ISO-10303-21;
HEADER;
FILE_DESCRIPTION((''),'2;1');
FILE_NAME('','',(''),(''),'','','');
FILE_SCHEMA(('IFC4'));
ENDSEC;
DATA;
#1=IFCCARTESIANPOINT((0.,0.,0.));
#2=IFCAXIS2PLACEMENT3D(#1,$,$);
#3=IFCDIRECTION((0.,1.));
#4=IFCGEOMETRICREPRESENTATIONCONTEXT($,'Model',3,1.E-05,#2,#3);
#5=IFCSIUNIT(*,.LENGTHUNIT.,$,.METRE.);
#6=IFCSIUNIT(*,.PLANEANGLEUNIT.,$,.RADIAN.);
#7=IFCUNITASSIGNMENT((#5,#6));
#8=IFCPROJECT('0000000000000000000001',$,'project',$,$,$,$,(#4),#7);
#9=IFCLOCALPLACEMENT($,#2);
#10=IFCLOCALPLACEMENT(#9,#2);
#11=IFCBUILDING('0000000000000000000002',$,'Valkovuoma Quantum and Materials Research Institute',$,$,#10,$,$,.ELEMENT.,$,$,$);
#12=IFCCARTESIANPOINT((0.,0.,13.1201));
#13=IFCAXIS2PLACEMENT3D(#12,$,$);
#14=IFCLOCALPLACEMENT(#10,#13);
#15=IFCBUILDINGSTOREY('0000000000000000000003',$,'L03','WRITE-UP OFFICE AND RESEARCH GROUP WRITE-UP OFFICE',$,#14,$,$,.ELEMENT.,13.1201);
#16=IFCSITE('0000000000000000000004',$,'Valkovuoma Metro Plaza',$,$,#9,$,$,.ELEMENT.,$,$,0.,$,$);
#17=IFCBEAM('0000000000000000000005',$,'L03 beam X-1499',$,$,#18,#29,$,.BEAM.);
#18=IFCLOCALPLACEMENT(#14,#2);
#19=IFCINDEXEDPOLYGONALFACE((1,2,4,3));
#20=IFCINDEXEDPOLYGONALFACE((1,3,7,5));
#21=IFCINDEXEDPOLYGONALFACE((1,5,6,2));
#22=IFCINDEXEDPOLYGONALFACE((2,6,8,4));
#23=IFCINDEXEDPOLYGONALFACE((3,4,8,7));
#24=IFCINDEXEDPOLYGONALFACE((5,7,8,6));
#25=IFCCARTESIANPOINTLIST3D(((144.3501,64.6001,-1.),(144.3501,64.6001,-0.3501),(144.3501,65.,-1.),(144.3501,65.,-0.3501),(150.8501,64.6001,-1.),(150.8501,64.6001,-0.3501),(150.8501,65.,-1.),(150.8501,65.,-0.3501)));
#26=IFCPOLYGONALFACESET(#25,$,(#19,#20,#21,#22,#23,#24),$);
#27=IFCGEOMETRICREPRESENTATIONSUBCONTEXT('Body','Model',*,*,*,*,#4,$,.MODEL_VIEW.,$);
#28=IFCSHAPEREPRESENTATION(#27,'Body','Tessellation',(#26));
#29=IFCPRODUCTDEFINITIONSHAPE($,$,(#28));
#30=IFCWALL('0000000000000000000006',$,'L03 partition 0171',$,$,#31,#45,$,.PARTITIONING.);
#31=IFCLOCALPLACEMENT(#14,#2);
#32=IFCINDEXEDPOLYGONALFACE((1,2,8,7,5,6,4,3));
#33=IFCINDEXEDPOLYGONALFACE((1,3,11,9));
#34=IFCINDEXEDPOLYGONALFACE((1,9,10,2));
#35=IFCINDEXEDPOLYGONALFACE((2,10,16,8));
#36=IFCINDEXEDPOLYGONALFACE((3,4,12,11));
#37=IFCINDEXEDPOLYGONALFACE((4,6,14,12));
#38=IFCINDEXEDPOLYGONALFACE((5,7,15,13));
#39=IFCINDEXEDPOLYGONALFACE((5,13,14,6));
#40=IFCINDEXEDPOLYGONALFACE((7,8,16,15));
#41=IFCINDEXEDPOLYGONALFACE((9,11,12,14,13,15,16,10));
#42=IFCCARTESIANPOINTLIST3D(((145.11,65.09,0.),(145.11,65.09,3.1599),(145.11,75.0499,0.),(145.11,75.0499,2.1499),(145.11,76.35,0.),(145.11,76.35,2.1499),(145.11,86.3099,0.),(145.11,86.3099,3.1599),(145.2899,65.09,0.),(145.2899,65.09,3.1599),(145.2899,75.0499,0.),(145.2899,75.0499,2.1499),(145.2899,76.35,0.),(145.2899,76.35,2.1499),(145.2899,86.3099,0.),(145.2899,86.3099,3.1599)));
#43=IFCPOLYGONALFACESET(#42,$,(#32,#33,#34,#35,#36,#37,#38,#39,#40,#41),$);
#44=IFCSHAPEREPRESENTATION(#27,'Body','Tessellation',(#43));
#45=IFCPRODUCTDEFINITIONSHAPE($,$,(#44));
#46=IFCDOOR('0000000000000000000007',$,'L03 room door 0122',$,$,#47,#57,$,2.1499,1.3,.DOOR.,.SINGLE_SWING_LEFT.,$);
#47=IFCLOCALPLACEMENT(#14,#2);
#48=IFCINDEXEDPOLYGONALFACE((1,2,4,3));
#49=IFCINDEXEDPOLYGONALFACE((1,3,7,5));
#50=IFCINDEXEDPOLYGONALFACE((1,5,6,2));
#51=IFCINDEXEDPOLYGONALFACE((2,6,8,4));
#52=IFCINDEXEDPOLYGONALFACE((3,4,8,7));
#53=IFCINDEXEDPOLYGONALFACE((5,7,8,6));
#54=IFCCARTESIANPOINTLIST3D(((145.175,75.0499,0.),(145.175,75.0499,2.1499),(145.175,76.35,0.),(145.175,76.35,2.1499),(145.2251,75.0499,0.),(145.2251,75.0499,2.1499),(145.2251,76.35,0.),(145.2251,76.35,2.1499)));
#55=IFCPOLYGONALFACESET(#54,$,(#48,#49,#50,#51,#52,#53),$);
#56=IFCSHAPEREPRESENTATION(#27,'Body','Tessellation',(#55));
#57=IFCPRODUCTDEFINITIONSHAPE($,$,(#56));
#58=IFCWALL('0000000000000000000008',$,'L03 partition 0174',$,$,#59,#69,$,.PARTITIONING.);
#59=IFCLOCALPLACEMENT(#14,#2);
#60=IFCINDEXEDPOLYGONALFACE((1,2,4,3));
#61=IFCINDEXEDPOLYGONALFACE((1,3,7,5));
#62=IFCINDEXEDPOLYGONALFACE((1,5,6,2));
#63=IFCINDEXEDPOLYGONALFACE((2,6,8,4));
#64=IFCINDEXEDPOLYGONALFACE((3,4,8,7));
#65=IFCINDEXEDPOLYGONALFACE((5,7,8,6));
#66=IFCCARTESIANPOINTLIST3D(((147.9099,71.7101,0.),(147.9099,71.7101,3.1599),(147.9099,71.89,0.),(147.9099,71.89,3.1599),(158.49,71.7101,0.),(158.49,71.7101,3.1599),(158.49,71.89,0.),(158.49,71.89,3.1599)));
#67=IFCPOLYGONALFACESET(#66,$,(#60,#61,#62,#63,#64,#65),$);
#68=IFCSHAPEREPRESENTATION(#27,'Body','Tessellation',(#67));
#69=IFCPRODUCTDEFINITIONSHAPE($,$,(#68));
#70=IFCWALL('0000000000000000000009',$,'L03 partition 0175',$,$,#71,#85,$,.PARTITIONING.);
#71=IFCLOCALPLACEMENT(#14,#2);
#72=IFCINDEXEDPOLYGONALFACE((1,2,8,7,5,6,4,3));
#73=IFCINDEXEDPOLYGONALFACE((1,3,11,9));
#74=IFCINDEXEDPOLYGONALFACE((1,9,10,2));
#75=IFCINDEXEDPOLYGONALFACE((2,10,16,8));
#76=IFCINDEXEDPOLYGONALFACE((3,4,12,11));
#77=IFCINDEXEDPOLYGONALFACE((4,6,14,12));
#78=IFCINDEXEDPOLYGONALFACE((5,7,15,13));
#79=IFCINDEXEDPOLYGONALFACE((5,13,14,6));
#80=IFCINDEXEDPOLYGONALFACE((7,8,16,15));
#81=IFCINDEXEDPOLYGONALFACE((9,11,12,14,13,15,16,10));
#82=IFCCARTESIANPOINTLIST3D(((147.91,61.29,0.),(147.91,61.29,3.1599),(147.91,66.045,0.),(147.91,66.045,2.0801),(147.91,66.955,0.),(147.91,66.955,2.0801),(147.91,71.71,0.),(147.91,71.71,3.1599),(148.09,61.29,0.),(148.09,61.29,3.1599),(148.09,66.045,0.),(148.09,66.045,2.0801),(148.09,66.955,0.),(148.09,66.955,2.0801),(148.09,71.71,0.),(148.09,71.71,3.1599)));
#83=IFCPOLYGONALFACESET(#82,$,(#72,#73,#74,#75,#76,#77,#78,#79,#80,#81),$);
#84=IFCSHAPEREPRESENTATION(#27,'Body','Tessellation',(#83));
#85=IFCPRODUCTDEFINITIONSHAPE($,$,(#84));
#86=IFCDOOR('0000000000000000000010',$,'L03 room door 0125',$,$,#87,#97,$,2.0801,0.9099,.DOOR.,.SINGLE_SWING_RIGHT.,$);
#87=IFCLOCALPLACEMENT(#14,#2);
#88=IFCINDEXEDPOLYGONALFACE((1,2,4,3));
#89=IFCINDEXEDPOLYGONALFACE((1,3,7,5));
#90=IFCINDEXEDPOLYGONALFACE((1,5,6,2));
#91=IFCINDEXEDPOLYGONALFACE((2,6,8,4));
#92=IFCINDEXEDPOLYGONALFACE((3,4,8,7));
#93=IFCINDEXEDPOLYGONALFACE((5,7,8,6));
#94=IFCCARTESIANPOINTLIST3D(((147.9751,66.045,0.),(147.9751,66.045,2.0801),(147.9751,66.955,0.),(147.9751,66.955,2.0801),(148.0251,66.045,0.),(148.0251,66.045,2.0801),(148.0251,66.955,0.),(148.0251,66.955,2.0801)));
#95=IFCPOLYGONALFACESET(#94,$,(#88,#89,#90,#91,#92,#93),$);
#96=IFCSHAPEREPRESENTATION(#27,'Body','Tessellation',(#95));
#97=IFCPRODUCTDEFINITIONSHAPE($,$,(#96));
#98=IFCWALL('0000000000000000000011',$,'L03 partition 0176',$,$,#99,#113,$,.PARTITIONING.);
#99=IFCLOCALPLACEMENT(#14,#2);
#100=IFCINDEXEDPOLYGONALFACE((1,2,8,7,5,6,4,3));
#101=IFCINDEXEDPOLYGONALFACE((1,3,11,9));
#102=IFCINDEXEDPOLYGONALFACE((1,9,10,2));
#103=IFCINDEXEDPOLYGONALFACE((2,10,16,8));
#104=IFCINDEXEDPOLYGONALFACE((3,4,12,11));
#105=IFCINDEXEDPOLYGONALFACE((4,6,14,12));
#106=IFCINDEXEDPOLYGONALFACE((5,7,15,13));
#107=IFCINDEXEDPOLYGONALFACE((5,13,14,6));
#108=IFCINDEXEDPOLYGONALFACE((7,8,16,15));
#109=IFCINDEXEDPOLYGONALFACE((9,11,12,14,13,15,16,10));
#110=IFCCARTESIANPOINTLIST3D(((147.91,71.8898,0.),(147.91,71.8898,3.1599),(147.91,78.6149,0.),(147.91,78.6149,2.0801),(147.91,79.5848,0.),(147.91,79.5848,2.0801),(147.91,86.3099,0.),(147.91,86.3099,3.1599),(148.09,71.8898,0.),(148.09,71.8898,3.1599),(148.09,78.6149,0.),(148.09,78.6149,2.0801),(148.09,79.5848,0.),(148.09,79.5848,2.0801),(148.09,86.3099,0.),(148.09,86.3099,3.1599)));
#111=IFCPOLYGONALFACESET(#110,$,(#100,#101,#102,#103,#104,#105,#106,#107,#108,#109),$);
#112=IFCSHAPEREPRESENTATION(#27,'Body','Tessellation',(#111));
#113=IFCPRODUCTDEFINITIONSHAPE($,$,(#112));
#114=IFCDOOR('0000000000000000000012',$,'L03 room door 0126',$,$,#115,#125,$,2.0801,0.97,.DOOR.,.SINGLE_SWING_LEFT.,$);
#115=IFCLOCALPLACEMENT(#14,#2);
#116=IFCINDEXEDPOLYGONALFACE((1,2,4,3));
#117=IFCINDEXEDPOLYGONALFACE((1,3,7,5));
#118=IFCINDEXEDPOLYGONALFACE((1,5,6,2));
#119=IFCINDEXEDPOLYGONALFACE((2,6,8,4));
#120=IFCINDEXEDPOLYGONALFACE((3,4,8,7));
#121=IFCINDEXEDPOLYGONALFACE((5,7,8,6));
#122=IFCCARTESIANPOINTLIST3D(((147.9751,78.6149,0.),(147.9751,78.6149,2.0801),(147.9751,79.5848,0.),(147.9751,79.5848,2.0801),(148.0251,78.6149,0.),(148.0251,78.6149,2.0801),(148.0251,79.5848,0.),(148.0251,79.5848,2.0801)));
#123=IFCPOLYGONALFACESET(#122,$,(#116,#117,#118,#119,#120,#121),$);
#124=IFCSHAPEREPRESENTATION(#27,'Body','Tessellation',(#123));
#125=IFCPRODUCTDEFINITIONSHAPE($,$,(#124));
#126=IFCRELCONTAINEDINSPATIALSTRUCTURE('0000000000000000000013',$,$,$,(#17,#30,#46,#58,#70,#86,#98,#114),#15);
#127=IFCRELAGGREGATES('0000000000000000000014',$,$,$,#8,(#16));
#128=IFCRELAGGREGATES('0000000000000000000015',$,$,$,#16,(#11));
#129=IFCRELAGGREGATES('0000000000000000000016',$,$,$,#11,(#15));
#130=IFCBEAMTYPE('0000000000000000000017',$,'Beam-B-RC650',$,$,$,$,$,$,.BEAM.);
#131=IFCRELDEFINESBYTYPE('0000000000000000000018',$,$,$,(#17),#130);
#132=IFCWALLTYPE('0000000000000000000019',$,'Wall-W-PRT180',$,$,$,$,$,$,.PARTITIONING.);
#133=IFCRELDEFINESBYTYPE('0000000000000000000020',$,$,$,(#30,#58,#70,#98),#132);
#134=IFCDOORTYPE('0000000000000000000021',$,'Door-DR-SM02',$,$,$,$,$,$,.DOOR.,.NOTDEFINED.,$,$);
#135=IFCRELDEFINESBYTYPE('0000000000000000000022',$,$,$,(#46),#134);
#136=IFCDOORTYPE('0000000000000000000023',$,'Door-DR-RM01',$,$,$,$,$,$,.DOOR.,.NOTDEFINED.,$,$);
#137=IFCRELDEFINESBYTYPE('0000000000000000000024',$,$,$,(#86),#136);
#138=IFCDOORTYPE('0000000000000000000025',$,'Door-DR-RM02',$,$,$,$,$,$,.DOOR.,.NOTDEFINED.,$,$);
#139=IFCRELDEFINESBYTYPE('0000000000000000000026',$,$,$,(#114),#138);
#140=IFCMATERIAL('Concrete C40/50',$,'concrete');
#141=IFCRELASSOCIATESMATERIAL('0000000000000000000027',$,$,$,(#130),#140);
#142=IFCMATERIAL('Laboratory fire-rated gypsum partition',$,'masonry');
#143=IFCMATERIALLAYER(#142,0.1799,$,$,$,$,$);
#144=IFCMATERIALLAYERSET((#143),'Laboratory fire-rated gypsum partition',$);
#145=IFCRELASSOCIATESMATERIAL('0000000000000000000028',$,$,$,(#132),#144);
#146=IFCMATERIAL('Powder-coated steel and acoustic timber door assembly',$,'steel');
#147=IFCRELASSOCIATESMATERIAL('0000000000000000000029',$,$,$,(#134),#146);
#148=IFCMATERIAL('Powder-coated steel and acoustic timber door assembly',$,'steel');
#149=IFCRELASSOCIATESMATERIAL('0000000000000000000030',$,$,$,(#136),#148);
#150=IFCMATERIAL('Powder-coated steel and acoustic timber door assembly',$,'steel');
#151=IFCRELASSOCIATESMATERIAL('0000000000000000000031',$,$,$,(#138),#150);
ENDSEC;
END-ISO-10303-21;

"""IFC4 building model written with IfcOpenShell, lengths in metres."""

from ifc_helpers import new_model, si_unit, direction, frame, frame_2d, origin, origin_2d, place, context, subcontext, project, spatial, rectangle, extrude, material, layer, layer_set, material_profile, profile_set, type_object, element, fill, save


model = new_model("IFC4")

# Units and contexts
model_context = context("Model", 3, precision=1e-05, world=origin(), true_north=direction((0.0, 1.0)))
body_context = subcontext(model_context, "Body", "Model", "MODEL_VIEW")
ifc_project = project(units=[si_unit("LENGTHUNIT", "METRE"), si_unit("PLANEANGLEUNIT", "RADIAN")], contexts=[model_context])

# Site, building, storey
site_placement = place(None, origin())
site = spatial("IfcSite", under=ifc_project, at=site_placement, Name="Valkovuoma Metro Plaza", CompositionType="ELEMENT", RefElevation=0.0)
building_placement = place(site_placement, origin())
building = spatial("IfcBuilding", under=site, at=building_placement, Name="Valkovuoma Quantum and Materials Research Institute", CompositionType="ELEMENT")
storey_placement = place(building_placement, frame((0.0, 0.0, 13.1201)))
storey = spatial("IfcBuildingStorey", under=building, at=storey_placement, Name="L03", Description="WRITE-UP OFFICE AND RESEARCH GROUP WRITE-UP OFFICE", CompositionType="ELEMENT", Elevation=13.1201)

# Beam
ifc_material_1 = material(Name="Concrete C40/50", Category="concrete")
ifc_material_profile_1 = material_profile(ifc_material_1, rectangle(XDim=0.3999, YDim=0.6499, at=origin_2d()), Name="Concrete C40/50")
ifc_profile_set_1 = profile_set([ifc_material_profile_1], Name="Concrete C40/50")
beam_type_1 = type_object("IfcBeamType", Name="Beam-B-RC650", PredefinedType="BEAM", material=ifc_profile_set_1)
for number, where, z_axis, x_axis, name in (
    (1, (144.3501, 64.8, -0.675), (1.0, 0.0, 0.0), (0.0, 1.0, 0.0), "L03 beam X-1499"),
):
    element("IfcBeam", number, at=place(storey_placement, frame(where, z_axis=z_axis, x_axis=x_axis)), inside=storey, type_object=beam_type_1, Name=name, PredefinedType="BEAM", context=body_context, shape_type="SweptSolid", body=[
        extrude(rectangle(XDim=0.3999, YDim=0.6499, at=origin_2d()), origin(), (0.0, 0.0, 1.0), 6.5),
    ])

# Wall, opening, door
ifc_material_2 = material(Name="Laboratory fire-rated gypsum partition", Category="masonry")
ifc_layer = layer(ifc_material_2, 0.1799)
ifc_layer_set = layer_set([ifc_layer], Name="Laboratory fire-rated gypsum partition")
wall_type = type_object("IfcWallType", Name="Wall-W-PRT180", PredefinedType="PARTITIONING", material=ifc_layer_set)
wall_1_placement = place(storey_placement, frame((145.2, 65.0901, 0.0), z_axis=(0.0, 0.0, 1.0), x_axis=(0.0, 1.0, 0.0)))
wall_1 = element("IfcWall", 2, at=wall_1_placement, inside=storey, type_object=wall_type, Name="L03 partition 0171", PredefinedType="PARTITIONING", context=body_context, shape_type="SweptSolid", body=[
    extrude(rectangle(XDim=21.22, YDim=0.1799, at=frame_2d((10.6099, 0.0))), origin(), (0.0, 0.0, 1.0), 3.1599),
])
opening_1_placement = place(wall_1_placement, frame((9.96, 0.0, 0.0)))
opening_1 = element("IfcOpeningElement", 3, at=opening_1_placement, cuts=wall_1, PredefinedType="OPENING", context=body_context, shape_type="SweptSolid", body=[
    extrude(rectangle(XDim=1.3, YDim=2.1499, at=frame_2d((0.6499, 1.075))), frame((0.0, 0.1001, 0.0), z_axis=(0.0, -1.0, 0.0), x_axis=(1.0, 0.0, 0.0)), (0.0, 0.0, 1.0), 0.2),
])
ifc_material_3 = material(Name="Powder-coated steel and acoustic timber door assembly", Category="steel")
door_type_1 = type_object("IfcDoorType", Name="Door-DR-SM02", OperationType="NOTDEFINED", PredefinedType="DOOR", material=ifc_material_3)
door_1_placement = place(opening_1_placement, origin())
door_1 = element("IfcDoor", 4, at=door_1_placement, inside=storey, type_object=door_type_1, Name="L03 room door 0122", OperationType="SINGLE_SWING_LEFT", OverallHeight=2.1499, OverallWidth=1.3, PredefinedType="DOOR", context=body_context, shape_type="SweptSolid", body=[
    extrude(rectangle(XDim=1.3, YDim=2.1499, at=frame_2d((0.6499, 1.075))), frame((0.0, 0.0249, 0.0), z_axis=(0.0, -1.0, 0.0), x_axis=(1.0, 0.0, 0.0)), (0.0, 0.0, 1.0), 0.05),
])
fill(opening_1, door_1)

# Wall
wall_2_placement = place(storey_placement, frame((147.9099, 71.8, 0.0), z_axis=(0.0, 0.0, 1.0), x_axis=(1.0, 0.0, 0.0)))
element("IfcWall", 5, at=wall_2_placement, inside=storey, type_object=wall_type, Name="L03 partition 0174", PredefinedType="PARTITIONING", context=body_context, shape_type="SweptSolid", body=[
    extrude(rectangle(XDim=10.5801, YDim=0.1799, at=frame_2d((5.29, 0.0))), origin(), (0.0, 0.0, 1.0), 3.1599),
])

# Walls, openings, doors
wall_3_placement = place(storey_placement, frame((148.0, 61.29, 0.0), z_axis=(0.0, 0.0, 1.0), x_axis=(0.0, 1.0, 0.0)))
wall_3 = element("IfcWall", 6, at=wall_3_placement, inside=storey, type_object=wall_type, Name="L03 partition 0175", PredefinedType="PARTITIONING", context=body_context, shape_type="SweptSolid", body=[
    extrude(rectangle(XDim=10.4199, YDim=0.1799, at=frame_2d((5.21, 0.0))), origin(), (0.0, 0.0, 1.0), 3.1599),
])
opening_2_placement = place(wall_3_placement, frame((4.7549, 0.0, 0.0)))
opening_2 = element("IfcOpeningElement", 7, at=opening_2_placement, cuts=wall_3, PredefinedType="OPENING", context=body_context, shape_type="SweptSolid", body=[
    extrude(rectangle(XDim=0.9099, YDim=2.0801, at=frame_2d((0.4551, 1.04))), frame((0.0, 0.1001, 0.0), z_axis=(0.0, -1.0, 0.0), x_axis=(1.0, 0.0, 0.0)), (0.0, 0.0, 1.0), 0.2),
])
ifc_material_4 = material(Name="Powder-coated steel and acoustic timber door assembly", Category="steel")
door_type_2 = type_object("IfcDoorType", Name="Door-DR-RM01", OperationType="NOTDEFINED", PredefinedType="DOOR", material=ifc_material_4)
door_2_placement = place(opening_2_placement, origin())
door_2 = element("IfcDoor", 8, at=door_2_placement, inside=storey, type_object=door_type_2, Name="L03 room door 0125", OperationType="SINGLE_SWING_RIGHT", OverallHeight=2.0801, OverallWidth=0.9099, PredefinedType="DOOR", context=body_context, shape_type="SweptSolid", body=[
    extrude(rectangle(XDim=0.9099, YDim=2.0801, at=frame_2d((0.4551, 1.04))), frame((0.0, 0.0249, 0.0), z_axis=(0.0, -1.0, 0.0), x_axis=(1.0, 0.0, 0.0)), (0.0, 0.0, 1.0), 0.05),
])
fill(opening_2, door_2)
wall_4_placement = place(storey_placement, frame((148.0, 71.8899, 0.0), z_axis=(0.0, 0.0, 1.0), x_axis=(0.0, 1.0, 0.0)))
wall_4 = element("IfcWall", 9, at=wall_4_placement, inside=storey, type_object=wall_type, Name="L03 partition 0176", PredefinedType="PARTITIONING", context=body_context, shape_type="SweptSolid", body=[
    extrude(rectangle(XDim=14.4202, YDim=0.1799, at=frame_2d((7.21, 0.0))), origin(), (0.0, 0.0, 1.0), 3.1599),
])
opening_3_placement = place(wall_4_placement, frame((6.7251, 0.0, 0.0)))
opening_3 = element("IfcOpeningElement", 10, at=opening_3_placement, cuts=wall_4, PredefinedType="OPENING", context=body_context, shape_type="SweptSolid", body=[
    extrude(rectangle(XDim=0.97, YDim=2.0801, at=frame_2d((0.4849, 1.04))), frame((0.0, 0.1001, 0.0), z_axis=(0.0, -1.0, 0.0), x_axis=(1.0, 0.0, 0.0)), (0.0, 0.0, 1.0), 0.2),
])
ifc_material_5 = material(Name="Powder-coated steel and acoustic timber door assembly", Category="steel")
door_type_3 = type_object("IfcDoorType", Name="Door-DR-RM02", OperationType="NOTDEFINED", PredefinedType="DOOR", material=ifc_material_5)
door_3_placement = place(opening_3_placement, origin())
door_3 = element("IfcDoor", 11, at=door_3_placement, inside=storey, type_object=door_type_3, Name="L03 room door 0126", OperationType="SINGLE_SWING_LEFT", OverallHeight=2.0801, OverallWidth=0.97, PredefinedType="DOOR", context=body_context, shape_type="SweptSolid", body=[
    extrude(rectangle(XDim=0.97, YDim=2.0801, at=frame_2d((0.4849, 1.04))), frame((0.0, 0.0249, 0.0), z_axis=(0.0, -1.0, 0.0), x_axis=(1.0, 0.0, 0.0)), (0.0, 0.0, 1.0), 0.05),
])
fill(opening_3, door_3)

save(model, "model.ifc")
